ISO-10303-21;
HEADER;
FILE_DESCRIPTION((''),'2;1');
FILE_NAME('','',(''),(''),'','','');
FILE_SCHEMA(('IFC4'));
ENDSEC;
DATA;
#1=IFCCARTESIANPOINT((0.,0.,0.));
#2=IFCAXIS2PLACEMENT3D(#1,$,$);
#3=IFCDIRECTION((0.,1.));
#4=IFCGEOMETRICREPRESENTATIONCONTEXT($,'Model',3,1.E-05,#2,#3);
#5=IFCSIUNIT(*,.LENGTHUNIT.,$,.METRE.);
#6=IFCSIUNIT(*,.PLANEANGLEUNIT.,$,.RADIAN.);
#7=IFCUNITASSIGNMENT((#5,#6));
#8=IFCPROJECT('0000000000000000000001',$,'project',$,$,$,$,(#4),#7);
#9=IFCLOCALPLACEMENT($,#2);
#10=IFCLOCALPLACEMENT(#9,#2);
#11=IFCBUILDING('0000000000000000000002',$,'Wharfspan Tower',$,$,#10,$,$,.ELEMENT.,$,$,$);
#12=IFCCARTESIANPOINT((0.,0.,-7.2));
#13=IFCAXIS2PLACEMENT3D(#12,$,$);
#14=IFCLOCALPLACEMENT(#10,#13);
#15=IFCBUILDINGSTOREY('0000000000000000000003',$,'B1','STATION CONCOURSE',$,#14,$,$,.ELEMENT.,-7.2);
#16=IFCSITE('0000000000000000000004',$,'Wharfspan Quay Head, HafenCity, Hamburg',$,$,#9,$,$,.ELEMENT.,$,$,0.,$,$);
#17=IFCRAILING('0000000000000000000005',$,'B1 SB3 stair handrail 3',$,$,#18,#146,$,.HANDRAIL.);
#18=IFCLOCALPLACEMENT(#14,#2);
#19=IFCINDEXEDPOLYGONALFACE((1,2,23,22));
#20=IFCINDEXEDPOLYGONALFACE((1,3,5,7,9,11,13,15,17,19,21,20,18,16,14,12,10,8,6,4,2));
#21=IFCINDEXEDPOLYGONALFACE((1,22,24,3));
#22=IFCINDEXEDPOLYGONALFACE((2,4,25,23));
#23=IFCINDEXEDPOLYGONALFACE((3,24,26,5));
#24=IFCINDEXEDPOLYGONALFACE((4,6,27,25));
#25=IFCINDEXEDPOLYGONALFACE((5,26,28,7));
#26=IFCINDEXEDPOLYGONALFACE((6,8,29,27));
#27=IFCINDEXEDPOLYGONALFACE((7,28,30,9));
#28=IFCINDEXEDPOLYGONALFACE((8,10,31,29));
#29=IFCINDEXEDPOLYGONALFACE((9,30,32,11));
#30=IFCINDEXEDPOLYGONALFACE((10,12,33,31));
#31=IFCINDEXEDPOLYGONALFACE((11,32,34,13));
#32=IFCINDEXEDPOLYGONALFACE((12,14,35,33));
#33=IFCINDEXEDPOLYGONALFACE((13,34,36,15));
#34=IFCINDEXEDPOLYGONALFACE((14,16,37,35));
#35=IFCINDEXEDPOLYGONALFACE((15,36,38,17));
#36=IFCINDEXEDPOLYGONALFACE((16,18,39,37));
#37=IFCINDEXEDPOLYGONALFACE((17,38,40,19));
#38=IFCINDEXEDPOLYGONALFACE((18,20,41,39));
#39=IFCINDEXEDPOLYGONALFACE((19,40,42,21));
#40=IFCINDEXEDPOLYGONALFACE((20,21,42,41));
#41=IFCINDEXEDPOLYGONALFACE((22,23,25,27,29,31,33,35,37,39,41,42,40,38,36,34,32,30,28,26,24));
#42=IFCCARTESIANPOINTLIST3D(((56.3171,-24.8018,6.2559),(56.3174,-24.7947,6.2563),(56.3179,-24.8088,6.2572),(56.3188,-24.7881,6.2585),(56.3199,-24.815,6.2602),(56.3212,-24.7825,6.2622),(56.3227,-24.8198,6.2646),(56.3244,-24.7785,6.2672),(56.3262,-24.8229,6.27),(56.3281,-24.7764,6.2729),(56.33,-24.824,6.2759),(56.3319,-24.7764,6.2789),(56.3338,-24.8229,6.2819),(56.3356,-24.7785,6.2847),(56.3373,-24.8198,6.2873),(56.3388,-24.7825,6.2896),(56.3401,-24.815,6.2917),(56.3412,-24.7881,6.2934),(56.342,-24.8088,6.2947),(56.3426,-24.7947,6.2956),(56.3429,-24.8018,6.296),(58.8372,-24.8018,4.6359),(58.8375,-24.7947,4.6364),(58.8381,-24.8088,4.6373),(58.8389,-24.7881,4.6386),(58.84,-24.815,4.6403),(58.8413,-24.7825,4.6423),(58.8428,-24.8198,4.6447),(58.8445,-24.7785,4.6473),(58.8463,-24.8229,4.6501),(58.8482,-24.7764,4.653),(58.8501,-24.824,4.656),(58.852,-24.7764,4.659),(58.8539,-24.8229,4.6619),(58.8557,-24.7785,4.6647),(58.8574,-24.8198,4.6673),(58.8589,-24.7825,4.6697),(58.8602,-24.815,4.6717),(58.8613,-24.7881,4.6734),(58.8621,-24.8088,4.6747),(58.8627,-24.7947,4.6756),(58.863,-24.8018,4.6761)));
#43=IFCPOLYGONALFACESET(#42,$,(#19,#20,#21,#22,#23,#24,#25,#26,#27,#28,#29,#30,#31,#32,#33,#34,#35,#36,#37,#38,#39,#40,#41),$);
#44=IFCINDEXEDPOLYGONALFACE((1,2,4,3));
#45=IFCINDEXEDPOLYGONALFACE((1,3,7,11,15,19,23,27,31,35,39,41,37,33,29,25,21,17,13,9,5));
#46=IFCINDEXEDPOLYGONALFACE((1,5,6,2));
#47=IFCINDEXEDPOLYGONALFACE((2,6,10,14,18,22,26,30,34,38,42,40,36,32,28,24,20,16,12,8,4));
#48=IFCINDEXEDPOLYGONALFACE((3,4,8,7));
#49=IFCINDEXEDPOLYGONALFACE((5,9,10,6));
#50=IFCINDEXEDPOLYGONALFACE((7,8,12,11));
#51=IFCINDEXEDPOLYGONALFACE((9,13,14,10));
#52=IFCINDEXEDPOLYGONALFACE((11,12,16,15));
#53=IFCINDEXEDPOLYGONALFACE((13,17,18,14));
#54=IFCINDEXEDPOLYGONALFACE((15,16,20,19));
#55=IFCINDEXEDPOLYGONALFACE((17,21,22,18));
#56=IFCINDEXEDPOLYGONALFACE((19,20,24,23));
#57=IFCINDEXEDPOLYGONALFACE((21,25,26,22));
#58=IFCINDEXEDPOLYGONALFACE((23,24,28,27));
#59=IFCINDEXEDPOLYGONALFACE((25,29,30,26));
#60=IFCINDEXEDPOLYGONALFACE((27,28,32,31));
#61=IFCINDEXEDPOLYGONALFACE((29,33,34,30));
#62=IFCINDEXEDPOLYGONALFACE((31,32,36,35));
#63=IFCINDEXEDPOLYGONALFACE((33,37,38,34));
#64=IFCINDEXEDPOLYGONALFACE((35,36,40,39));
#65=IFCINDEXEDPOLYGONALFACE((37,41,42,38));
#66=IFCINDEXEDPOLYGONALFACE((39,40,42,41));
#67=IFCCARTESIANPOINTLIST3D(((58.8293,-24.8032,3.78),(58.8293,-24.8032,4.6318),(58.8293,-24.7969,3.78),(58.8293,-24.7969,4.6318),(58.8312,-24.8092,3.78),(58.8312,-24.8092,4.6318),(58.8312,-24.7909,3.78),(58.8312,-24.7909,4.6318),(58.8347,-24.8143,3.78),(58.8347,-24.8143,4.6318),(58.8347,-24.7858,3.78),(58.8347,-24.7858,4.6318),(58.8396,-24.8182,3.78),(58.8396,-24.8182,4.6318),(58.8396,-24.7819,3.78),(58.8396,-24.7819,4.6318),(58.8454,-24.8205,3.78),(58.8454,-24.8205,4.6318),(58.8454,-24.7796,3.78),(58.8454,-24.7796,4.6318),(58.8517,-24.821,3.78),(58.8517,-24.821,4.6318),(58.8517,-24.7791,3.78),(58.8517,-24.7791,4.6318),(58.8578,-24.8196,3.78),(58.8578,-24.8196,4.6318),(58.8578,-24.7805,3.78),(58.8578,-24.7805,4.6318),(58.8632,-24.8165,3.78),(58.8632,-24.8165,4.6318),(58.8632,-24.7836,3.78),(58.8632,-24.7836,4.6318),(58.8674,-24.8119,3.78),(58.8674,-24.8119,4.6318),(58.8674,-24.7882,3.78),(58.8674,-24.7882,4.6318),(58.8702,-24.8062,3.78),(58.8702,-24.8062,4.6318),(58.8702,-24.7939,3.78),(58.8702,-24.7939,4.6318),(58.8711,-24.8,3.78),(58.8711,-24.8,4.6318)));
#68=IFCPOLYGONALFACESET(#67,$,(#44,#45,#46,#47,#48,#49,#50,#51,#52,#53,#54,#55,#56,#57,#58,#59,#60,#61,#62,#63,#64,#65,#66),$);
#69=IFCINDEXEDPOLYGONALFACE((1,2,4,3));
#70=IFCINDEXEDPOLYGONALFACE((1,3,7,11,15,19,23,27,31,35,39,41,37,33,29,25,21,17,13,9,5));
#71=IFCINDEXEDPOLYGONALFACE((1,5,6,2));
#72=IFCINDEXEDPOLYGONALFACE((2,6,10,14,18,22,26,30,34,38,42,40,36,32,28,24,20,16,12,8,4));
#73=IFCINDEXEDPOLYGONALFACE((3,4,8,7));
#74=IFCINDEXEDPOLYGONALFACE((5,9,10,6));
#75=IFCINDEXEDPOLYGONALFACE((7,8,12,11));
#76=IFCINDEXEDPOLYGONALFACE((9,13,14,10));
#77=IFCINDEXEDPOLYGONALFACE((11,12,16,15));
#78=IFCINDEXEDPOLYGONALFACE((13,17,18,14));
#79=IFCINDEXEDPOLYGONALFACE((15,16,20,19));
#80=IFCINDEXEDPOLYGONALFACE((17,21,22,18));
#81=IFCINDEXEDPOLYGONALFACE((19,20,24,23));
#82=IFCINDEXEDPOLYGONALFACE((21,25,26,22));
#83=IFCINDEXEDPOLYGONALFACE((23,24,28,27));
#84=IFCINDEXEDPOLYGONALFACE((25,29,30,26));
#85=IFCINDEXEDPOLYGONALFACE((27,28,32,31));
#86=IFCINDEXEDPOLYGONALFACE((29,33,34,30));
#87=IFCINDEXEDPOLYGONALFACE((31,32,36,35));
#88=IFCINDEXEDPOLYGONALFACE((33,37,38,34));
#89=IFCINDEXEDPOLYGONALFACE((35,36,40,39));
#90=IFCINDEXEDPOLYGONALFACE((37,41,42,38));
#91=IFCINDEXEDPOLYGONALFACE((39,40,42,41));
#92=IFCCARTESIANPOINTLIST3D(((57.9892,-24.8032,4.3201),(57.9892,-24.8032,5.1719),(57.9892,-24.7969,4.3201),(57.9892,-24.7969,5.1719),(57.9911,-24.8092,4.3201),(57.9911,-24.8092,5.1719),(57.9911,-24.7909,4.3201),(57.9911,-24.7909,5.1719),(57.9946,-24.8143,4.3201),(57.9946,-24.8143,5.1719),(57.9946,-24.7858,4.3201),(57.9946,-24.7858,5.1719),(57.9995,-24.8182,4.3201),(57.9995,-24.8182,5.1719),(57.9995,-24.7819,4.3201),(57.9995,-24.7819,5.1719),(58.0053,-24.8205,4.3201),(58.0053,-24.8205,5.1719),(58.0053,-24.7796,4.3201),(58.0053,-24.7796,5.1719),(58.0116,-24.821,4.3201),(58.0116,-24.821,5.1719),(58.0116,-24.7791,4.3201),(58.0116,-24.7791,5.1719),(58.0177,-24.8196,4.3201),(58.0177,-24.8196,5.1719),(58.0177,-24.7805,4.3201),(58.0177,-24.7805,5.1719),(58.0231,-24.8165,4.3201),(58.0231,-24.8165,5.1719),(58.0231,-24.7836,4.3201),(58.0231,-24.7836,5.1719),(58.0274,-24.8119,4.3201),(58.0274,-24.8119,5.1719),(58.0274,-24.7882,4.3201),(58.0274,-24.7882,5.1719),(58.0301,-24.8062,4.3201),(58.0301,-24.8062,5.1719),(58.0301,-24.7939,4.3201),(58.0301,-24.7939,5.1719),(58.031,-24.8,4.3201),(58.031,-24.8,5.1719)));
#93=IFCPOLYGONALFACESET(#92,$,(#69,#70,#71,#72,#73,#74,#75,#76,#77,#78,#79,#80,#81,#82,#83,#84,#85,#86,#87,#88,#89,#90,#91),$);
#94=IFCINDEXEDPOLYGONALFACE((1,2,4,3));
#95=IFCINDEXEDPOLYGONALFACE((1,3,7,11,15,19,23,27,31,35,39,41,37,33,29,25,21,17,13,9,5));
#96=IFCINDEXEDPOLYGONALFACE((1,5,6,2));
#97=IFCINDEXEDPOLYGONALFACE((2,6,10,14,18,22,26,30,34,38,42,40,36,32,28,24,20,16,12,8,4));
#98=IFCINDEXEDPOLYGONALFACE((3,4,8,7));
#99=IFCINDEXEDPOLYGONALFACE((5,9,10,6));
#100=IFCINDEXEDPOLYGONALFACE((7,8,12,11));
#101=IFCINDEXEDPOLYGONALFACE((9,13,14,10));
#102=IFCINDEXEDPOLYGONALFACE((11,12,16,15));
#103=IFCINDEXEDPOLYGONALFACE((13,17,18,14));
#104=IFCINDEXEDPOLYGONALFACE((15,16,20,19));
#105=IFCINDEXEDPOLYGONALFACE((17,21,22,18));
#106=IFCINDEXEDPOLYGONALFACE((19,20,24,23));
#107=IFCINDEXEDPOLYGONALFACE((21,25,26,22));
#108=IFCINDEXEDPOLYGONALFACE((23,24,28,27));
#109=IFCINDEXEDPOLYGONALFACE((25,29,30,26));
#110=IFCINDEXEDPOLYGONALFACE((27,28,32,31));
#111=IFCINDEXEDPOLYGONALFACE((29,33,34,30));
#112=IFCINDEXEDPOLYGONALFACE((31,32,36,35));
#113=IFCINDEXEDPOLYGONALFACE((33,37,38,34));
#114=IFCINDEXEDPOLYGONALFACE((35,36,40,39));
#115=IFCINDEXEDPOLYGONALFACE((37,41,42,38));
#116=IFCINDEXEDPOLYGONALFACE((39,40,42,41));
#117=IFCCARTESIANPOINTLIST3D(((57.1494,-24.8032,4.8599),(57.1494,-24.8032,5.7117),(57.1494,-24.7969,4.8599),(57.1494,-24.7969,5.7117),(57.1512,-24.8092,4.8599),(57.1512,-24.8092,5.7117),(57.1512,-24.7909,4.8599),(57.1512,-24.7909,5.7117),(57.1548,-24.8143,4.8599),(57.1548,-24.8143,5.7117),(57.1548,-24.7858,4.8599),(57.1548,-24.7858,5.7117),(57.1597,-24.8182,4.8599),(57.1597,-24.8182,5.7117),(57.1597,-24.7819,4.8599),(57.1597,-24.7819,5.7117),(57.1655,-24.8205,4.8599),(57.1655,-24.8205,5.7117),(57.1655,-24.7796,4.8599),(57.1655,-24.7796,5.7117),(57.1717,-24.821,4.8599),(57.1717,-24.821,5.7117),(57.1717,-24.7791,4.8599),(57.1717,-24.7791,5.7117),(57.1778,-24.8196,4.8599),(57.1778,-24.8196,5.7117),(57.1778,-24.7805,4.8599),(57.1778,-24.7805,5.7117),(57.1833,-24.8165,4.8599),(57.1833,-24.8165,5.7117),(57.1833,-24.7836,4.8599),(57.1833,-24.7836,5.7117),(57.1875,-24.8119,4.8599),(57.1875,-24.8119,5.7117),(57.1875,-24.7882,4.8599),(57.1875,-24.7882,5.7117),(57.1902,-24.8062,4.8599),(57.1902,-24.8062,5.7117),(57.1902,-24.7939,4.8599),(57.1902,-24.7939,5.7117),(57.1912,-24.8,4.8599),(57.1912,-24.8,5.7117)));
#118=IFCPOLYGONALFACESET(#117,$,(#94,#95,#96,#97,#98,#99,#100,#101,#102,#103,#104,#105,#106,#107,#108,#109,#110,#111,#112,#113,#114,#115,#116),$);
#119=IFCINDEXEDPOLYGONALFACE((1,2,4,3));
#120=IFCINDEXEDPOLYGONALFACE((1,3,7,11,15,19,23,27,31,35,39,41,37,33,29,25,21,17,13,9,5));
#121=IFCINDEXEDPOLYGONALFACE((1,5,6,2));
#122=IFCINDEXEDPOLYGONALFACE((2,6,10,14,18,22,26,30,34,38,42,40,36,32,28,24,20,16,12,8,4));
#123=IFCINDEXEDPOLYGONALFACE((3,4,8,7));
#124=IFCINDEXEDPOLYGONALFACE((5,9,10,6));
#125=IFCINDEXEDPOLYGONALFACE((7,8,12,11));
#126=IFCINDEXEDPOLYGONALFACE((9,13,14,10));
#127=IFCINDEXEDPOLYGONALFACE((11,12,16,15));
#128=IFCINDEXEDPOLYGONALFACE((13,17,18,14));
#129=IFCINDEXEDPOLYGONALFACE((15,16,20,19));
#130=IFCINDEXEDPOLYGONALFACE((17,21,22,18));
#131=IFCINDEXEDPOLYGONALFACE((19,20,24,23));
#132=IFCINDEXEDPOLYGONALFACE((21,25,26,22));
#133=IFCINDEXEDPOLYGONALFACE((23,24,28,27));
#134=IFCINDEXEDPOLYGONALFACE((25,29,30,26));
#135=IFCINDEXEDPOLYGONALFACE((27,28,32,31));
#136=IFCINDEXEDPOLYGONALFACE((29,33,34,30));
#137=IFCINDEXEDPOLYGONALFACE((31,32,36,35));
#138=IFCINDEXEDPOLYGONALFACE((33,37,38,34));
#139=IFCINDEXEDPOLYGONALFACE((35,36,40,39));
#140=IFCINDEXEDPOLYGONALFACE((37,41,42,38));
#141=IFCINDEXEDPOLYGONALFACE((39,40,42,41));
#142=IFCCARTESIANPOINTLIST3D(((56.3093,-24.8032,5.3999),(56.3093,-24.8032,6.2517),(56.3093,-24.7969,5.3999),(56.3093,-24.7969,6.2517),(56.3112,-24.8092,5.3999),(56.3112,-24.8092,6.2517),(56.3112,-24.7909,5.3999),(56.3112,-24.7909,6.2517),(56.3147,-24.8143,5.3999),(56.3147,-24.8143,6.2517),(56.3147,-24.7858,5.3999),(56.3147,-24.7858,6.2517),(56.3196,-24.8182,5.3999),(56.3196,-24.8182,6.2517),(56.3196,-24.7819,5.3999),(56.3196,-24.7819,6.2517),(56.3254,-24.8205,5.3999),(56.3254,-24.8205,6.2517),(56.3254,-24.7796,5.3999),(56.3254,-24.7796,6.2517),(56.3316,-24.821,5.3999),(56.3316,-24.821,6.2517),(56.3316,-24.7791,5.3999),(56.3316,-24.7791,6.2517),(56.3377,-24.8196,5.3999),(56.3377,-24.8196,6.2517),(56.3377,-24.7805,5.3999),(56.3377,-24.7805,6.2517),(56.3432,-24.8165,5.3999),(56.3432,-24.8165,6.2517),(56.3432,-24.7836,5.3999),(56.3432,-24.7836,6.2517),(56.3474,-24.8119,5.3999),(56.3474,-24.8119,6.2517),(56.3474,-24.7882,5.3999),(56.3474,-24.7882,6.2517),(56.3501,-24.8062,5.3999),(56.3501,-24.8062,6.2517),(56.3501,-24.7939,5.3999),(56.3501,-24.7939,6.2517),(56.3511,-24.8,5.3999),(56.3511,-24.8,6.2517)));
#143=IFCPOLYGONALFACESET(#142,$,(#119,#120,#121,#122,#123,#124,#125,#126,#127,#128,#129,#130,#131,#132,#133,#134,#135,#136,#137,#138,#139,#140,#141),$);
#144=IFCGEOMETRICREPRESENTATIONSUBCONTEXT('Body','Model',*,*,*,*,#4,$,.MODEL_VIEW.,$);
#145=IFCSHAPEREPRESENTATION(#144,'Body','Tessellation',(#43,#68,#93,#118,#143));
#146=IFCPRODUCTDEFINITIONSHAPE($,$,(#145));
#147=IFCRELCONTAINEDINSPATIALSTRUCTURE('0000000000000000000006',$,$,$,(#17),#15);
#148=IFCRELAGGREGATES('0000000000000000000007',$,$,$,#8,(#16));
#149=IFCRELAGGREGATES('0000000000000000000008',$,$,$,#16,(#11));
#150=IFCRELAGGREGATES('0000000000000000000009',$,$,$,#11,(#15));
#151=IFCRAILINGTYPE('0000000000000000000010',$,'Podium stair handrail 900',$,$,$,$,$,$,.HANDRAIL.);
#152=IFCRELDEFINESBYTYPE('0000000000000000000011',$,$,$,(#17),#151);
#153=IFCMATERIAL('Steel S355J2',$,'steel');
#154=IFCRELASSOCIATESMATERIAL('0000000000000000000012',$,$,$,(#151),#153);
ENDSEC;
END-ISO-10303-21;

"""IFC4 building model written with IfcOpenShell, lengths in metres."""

from ifc_helpers import new_model, si_unit, direction, frame, origin, origin_2d, place, context, subcontext, project, spatial, circle, extrude, material, type_object, element, save


model = new_model("IFC4")

# Units and contexts
model_context = context("Model", 3, precision=1e-05, world=origin(), true_north=direction((0.0, 1.0)))
body_context = subcontext(model_context, "Body", "Model", "MODEL_VIEW")
ifc_project = project(units=[si_unit("LENGTHUNIT", "METRE"), si_unit("PLANEANGLEUNIT", "RADIAN")], contexts=[model_context])

# Site, building, storey
site_placement = place(None, origin())
site = spatial("IfcSite", under=ifc_project, at=site_placement, Name="Wharfspan Quay Head, HafenCity, Hamburg", CompositionType="ELEMENT", RefElevation=0.0)
building_placement = place(site_placement, origin())
building = spatial("IfcBuilding", under=site, at=building_placement, Name="Wharfspan Tower", CompositionType="ELEMENT")
storey_placement = place(building_placement, frame((0.0, 0.0, -7.2)))
storey = spatial("IfcBuildingStorey", under=building, at=storey_placement, Name="B1", Description="STATION CONCOURSE", CompositionType="ELEMENT", Elevation=-7.2)

# Railing
ifc_material_1 = material(Name="Steel S355J2", Category="steel")
railing_type_1 = type_object("IfcRailingType", Name="Podium stair handrail 900", PredefinedType="HANDRAIL", material=ifc_material_1)
railing_1_placement = place(storey_placement, frame((58.8501, -24.8, 3.78)))
element("IfcRailing", 1, at=railing_1_placement, inside=storey, type_object=railing_type_1, Name="B1 SB3 stair handrail 3", PredefinedType="HANDRAIL", context=body_context, shape_type="SweptSolid", body=[
    extrude(circle(Radius=0.0239, at=origin_2d()), frame((0.0, 0.0, 0.876), z_axis=(-0.8412, 0.0, 0.540725), x_axis=(0.0, -1.0, 0.0)), (0.0, 0.0, 1.0), 2.9958),
    extrude(circle(Radius=0.021, at=origin_2d()), origin(), (0.0, 0.0, 1.0), 0.8518),
    extrude(circle(Radius=0.021, at=origin_2d()), frame((-0.8401, 0.0, 0.54)), (0.0, 0.0, 1.0), 0.8518),
    extrude(circle(Radius=0.021, at=origin_2d()), frame((-1.6799, 0.0, 1.0798)), (0.0, 0.0, 1.0), 0.8518),
    extrude(circle(Radius=0.021, at=origin_2d()), frame((-2.52, 0.0, 1.6199)), (0.0, 0.0, 1.0), 0.8518),
])

save(model, "model.ifc")
